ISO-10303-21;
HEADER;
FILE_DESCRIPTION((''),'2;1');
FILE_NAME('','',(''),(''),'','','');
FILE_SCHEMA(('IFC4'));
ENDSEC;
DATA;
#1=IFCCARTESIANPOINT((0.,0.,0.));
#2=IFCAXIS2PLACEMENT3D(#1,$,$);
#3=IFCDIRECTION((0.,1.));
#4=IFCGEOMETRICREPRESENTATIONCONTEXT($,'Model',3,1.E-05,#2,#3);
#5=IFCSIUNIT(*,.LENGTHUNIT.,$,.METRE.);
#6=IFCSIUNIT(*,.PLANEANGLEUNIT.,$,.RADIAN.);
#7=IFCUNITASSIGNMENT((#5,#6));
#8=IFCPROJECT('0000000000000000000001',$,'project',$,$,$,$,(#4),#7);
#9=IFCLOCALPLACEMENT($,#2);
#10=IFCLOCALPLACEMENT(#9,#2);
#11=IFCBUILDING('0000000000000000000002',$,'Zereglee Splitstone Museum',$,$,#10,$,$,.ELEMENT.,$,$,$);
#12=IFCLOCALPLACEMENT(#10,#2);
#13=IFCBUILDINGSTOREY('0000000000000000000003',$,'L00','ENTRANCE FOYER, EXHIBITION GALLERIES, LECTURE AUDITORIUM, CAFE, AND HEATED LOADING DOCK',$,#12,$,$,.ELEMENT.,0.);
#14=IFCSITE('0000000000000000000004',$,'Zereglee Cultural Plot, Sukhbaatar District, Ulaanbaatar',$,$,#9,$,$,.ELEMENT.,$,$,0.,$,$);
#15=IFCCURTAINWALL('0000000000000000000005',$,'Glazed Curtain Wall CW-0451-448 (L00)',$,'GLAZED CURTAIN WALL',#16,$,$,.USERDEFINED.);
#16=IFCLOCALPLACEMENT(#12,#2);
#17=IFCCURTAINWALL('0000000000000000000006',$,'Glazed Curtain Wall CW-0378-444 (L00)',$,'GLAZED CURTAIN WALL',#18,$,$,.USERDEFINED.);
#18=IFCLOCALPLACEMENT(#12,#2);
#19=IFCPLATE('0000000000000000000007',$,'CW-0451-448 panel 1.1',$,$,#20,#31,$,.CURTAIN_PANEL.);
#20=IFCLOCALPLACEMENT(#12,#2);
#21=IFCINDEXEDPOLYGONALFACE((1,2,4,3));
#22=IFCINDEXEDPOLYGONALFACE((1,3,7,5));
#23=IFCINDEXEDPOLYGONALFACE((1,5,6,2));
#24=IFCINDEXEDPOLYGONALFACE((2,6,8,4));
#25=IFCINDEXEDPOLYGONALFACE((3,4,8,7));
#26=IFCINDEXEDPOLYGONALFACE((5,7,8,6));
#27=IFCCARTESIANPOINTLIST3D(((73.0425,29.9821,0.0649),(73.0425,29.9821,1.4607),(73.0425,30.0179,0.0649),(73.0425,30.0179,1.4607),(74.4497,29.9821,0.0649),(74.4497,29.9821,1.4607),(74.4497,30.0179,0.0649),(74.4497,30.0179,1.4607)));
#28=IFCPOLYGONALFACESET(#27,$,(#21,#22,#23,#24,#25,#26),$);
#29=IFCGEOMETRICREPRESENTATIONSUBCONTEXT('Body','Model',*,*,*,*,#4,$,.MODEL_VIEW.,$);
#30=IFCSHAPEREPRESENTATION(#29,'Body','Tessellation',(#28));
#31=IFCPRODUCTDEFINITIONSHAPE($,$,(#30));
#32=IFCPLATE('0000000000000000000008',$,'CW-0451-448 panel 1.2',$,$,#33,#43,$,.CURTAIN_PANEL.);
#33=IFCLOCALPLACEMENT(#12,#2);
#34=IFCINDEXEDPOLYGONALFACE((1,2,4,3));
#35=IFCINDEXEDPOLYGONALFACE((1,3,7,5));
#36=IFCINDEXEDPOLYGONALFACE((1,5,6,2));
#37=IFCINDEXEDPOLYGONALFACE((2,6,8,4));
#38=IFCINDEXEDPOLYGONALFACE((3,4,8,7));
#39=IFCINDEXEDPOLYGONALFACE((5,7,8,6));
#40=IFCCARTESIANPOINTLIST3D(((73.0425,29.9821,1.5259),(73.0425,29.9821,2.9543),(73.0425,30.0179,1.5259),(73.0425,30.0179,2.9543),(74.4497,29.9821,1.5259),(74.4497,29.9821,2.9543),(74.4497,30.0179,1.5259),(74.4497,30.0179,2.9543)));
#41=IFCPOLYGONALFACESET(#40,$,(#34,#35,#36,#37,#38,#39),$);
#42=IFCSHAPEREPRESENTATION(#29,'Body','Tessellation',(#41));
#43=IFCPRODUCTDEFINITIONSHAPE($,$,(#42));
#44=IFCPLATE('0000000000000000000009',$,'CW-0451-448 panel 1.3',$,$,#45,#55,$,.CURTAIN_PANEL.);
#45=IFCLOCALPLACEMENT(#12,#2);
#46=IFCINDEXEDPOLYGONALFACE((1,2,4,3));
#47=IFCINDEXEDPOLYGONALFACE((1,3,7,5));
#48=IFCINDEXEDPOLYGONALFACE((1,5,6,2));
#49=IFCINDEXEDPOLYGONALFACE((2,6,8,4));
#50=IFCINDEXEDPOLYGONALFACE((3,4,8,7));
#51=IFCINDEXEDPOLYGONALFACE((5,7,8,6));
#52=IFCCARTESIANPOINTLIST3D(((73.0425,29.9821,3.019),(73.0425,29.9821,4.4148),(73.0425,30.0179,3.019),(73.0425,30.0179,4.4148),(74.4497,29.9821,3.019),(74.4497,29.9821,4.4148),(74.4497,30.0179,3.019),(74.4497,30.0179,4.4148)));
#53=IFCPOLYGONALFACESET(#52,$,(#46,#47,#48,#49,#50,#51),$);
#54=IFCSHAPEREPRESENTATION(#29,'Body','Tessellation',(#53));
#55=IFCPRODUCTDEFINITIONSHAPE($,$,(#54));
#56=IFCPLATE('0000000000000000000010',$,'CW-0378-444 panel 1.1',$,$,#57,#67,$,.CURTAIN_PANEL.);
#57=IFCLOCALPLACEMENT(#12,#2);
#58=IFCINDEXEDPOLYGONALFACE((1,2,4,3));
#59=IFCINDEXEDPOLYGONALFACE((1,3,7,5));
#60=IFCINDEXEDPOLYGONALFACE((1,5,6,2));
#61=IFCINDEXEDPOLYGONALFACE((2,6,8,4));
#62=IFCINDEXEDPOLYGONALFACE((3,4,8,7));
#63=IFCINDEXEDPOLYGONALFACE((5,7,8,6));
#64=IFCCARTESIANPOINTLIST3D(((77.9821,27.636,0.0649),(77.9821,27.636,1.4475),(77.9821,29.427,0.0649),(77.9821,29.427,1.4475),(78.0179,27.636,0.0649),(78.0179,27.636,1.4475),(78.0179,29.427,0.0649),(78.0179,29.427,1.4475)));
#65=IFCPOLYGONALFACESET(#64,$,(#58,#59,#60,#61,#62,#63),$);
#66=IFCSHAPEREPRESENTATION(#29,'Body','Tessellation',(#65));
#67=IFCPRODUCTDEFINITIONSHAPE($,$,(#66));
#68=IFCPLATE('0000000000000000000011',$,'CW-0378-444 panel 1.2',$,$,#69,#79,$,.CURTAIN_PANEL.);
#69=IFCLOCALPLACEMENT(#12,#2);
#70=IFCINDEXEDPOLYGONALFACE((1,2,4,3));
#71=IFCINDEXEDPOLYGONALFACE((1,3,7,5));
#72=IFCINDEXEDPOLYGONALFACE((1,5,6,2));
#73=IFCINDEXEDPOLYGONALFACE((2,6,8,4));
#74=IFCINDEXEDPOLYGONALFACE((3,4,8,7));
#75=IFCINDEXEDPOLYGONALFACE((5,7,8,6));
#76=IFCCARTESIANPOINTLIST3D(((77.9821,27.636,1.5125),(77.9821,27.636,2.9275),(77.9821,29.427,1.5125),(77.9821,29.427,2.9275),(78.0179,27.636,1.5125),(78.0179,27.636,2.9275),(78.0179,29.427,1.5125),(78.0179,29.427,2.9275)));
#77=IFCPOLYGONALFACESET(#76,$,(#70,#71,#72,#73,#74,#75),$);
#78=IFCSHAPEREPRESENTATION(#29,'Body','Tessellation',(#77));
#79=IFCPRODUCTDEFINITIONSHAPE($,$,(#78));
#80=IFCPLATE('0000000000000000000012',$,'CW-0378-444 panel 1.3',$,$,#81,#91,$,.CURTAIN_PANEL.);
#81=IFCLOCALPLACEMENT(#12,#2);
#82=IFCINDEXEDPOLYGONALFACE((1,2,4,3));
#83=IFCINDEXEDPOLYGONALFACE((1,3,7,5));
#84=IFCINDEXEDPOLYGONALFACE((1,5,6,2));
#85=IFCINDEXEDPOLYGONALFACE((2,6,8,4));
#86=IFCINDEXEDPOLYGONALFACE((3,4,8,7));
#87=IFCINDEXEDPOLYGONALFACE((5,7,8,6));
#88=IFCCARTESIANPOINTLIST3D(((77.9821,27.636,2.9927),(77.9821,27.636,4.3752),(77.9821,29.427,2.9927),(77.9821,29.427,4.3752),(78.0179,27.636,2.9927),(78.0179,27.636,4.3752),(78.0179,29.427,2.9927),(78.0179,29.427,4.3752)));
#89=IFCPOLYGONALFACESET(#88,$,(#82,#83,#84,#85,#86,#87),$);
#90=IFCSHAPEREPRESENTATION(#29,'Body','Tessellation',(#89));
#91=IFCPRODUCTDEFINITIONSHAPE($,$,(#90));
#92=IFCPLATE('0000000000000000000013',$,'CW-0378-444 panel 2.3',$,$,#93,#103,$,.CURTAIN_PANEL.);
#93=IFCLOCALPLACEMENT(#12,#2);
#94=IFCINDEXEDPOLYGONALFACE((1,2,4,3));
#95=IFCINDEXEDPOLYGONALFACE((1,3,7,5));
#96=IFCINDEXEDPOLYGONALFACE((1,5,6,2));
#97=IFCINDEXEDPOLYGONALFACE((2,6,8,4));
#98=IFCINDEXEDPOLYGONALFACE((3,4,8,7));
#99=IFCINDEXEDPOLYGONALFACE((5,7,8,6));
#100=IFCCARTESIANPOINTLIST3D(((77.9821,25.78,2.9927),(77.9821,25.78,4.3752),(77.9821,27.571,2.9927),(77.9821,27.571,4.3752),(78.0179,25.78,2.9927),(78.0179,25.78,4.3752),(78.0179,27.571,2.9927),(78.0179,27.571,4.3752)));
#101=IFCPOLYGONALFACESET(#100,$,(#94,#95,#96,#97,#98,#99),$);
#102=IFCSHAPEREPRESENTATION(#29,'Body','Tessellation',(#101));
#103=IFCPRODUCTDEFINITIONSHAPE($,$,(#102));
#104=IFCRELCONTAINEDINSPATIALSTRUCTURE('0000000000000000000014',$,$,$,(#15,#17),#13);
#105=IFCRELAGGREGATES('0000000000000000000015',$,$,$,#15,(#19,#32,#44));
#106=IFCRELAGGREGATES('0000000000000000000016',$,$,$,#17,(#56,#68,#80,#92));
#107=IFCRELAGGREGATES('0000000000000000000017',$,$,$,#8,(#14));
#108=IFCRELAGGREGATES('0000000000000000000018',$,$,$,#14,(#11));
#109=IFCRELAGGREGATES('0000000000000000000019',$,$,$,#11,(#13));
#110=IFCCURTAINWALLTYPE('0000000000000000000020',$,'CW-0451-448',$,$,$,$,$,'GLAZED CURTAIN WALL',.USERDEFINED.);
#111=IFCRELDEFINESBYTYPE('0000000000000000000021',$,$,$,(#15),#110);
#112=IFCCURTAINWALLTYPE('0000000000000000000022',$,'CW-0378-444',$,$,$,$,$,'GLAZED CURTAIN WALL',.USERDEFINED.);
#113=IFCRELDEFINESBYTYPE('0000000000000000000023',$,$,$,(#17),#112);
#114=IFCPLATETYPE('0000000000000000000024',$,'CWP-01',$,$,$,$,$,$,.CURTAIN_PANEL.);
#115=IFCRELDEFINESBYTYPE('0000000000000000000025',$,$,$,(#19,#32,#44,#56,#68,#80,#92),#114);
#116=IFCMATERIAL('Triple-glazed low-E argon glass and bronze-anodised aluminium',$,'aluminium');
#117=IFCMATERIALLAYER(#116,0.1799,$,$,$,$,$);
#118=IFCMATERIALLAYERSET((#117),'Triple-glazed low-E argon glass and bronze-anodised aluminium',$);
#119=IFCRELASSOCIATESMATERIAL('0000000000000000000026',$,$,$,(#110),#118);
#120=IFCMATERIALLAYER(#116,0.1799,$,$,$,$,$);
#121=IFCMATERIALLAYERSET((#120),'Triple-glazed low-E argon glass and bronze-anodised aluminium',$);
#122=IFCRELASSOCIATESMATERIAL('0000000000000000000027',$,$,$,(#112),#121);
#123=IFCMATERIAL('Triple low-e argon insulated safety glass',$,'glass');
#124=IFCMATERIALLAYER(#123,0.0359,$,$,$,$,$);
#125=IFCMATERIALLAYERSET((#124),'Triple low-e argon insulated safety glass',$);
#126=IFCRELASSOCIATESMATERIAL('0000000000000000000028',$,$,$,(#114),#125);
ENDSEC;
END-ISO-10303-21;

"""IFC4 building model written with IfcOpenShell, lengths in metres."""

from ifc_helpers import new_model, si_unit, direction, frame, origin, origin_2d, place, context, subcontext, project, spatial, rectangle, extrude, material, layer, layer_set, type_object, element, aggregate, save


model = new_model("IFC4")

# Units and contexts
model_context = context("Model", 3, precision=1e-05, world=origin(), true_north=direction((0.0, 1.0)))
body_context = subcontext(model_context, "Body", "Model", "MODEL_VIEW")
ifc_project = project(units=[si_unit("LENGTHUNIT", "METRE"), si_unit("PLANEANGLEUNIT", "RADIAN")], contexts=[model_context])

# Site, building, storey
site_placement = place(None, origin())
site = spatial("IfcSite", under=ifc_project, at=site_placement, Name="Zereglee Cultural Plot, Sukhbaatar District, Ulaanbaatar", CompositionType="ELEMENT", RefElevation=0.0)
building_placement = place(site_placement, origin())
building = spatial("IfcBuilding", under=site, at=building_placement, Name="Zereglee Splitstone Museum", CompositionType="ELEMENT")
storey_placement = place(building_placement, origin())
storey = spatial("IfcBuildingStorey", under=building, at=storey_placement, Name="L00", Description="ENTRANCE FOYER, EXHIBITION GALLERIES, LECTURE AUDITORIUM, CAFE, AND HEATED LOADING DOCK", CompositionType="ELEMENT", Elevation=0.0)

# Curtain wall
ifc_material_1 = material(Name="Triple-glazed low-E argon glass and bronze-anodised aluminium", Category="aluminium")
ifc_layer_1 = layer(ifc_material_1, 0.1799)
ifc_layer_set_1 = layer_set([ifc_layer_1], Name="Triple-glazed low-E argon glass and bronze-anodised aluminium")
curtain_wall_type_1 = type_object("IfcCurtainWallType", Name="CW-0451-448", ElementType="GLAZED CURTAIN WALL", PredefinedType="USERDEFINED", material=ifc_layer_set_1)
curtain_wall_1_placement = place(storey_placement, origin())
curtain_wall_1 = element("IfcCurtainWall", 1, at=curtain_wall_1_placement, inside=storey, type_object=curtain_wall_type_1, Name="Glazed Curtain Wall CW-0451-448 (L00)", ObjectType="GLAZED CURTAIN WALL", PredefinedType="USERDEFINED")

# Curtain wall
ifc_layer_2 = layer(ifc_material_1, 0.1799)
ifc_layer_set_2 = layer_set([ifc_layer_2], Name="Triple-glazed low-E argon glass and bronze-anodised aluminium")
curtain_wall_type_2 = type_object("IfcCurtainWallType", Name="CW-0378-444", ElementType="GLAZED CURTAIN WALL", PredefinedType="USERDEFINED", material=ifc_layer_set_2)
curtain_wall_2_placement = place(storey_placement, origin())
curtain_wall_2 = element("IfcCurtainWall", 2, at=curtain_wall_2_placement, inside=storey, type_object=curtain_wall_type_2, Name="Glazed Curtain Wall CW-0378-444 (L00)", ObjectType="GLAZED CURTAIN WALL", PredefinedType="USERDEFINED")

# Plates
ifc_material_2 = material(Name="Triple low-e argon insulated safety glass", Category="glass")
ifc_layer_3 = layer(ifc_material_2, 0.0359)
ifc_layer_set_3 = layer_set([ifc_layer_3], Name="Triple low-e argon insulated safety glass")
plate_type = type_object("IfcPlateType", Name="CWP-01", PredefinedType="CURTAIN_PANEL", material=ifc_layer_set_3)
plate_1_placement = place(storey_placement, frame((73.7461, 30.0, 0.0649), z_axis=(0.0, 0.0, 1.0), x_axis=(1.0, 0.0, 0.0)))
plate_1 = element("IfcPlate", 3, at=plate_1_placement, type_object=plate_type, Name="CW-0451-448 panel 1.1", PredefinedType="CURTAIN_PANEL", context=body_context, shape_type="SweptSolid", body=[
    extrude(rectangle(XDim=1.4072, YDim=0.0359, at=origin_2d()), origin(), (0.0, 0.0, 1.0), 1.3958),
])
plate_2_placement = place(storey_placement, frame((73.7461, 30.0, 1.5259), z_axis=(0.0, 0.0, 1.0), x_axis=(1.0, 0.0, 0.0)))
plate_2 = element("IfcPlate", 4, at=plate_2_placement, type_object=plate_type, Name="CW-0451-448 panel 1.2", PredefinedType="CURTAIN_PANEL", context=body_context, shape_type="SweptSolid", body=[
    extrude(rectangle(XDim=1.4072, YDim=0.0359, at=origin_2d()), origin(), (0.0, 0.0, 1.0), 1.4285),
])
plate_3_placement = place(storey_placement, frame((73.7461, 30.0, 3.019), z_axis=(0.0, 0.0, 1.0), x_axis=(1.0, 0.0, 0.0)))
plate_3 = element("IfcPlate", 5, at=plate_3_placement, type_object=plate_type, Name="CW-0451-448 panel 1.3", PredefinedType="CURTAIN_PANEL", context=body_context, shape_type="SweptSolid", body=[
    extrude(rectangle(XDim=1.4072, YDim=0.0359, at=origin_2d()), origin(), (0.0, 0.0, 1.0), 1.3958),
])
aggregate(curtain_wall_1, [plate_1, plate_2, plate_3])
plate_4_placement = place(storey_placement, frame((78.0, 28.5315, 0.0649), z_axis=(0.0, 0.0, 1.0), x_axis=(0.0, -1.0, 0.0)))
plate_4 = element("IfcPlate", 6, at=plate_4_placement, type_object=plate_type, Name="CW-0378-444 panel 1.1", PredefinedType="CURTAIN_PANEL", context=body_context, shape_type="SweptSolid", body=[
    extrude(rectangle(XDim=1.791, YDim=0.0359, at=origin_2d()), origin(), (0.0, 0.0, 1.0), 1.3826),
])
plate_5_placement = place(storey_placement, frame((78.0, 28.5315, 1.5125), z_axis=(0.0, 0.0, 1.0), x_axis=(0.0, -1.0, 0.0)))
plate_5 = element("IfcPlate", 7, at=plate_5_placement, type_object=plate_type, Name="CW-0378-444 panel 1.2", PredefinedType="CURTAIN_PANEL", context=body_context, shape_type="SweptSolid", body=[
    extrude(rectangle(XDim=1.791, YDim=0.0359, at=origin_2d()), origin(), (0.0, 0.0, 1.0), 1.415),
])
plate_6_placement = place(storey_placement, frame((78.0, 28.5315, 2.9927), z_axis=(0.0, 0.0, 1.0), x_axis=(0.0, -1.0, 0.0)))
plate_6 = element("IfcPlate", 8, at=plate_6_placement, type_object=plate_type, Name="CW-0378-444 panel 1.3", PredefinedType="CURTAIN_PANEL", context=body_context, shape_type="SweptSolid", body=[
    extrude(rectangle(XDim=1.791, YDim=0.0359, at=origin_2d()), origin(), (0.0, 0.0, 1.0), 1.3826),
])
plate_7_placement = place(storey_placement, frame((78.0, 26.6755, 2.9927), z_axis=(0.0, 0.0, 1.0), x_axis=(0.0, -1.0, 0.0)))
plate_7 = element("IfcPlate", 9, at=plate_7_placement, type_object=plate_type, Name="CW-0378-444 panel 2.3", PredefinedType="CURTAIN_PANEL", context=body_context, shape_type="SweptSolid", body=[
    extrude(rectangle(XDim=1.791, YDim=0.0359, at=origin_2d()), origin(), (0.0, 0.0, 1.0), 1.3826),
])
aggregate(curtain_wall_2, [plate_4, plate_5, plate_6, plate_7])

save(model, "model.ifc")
